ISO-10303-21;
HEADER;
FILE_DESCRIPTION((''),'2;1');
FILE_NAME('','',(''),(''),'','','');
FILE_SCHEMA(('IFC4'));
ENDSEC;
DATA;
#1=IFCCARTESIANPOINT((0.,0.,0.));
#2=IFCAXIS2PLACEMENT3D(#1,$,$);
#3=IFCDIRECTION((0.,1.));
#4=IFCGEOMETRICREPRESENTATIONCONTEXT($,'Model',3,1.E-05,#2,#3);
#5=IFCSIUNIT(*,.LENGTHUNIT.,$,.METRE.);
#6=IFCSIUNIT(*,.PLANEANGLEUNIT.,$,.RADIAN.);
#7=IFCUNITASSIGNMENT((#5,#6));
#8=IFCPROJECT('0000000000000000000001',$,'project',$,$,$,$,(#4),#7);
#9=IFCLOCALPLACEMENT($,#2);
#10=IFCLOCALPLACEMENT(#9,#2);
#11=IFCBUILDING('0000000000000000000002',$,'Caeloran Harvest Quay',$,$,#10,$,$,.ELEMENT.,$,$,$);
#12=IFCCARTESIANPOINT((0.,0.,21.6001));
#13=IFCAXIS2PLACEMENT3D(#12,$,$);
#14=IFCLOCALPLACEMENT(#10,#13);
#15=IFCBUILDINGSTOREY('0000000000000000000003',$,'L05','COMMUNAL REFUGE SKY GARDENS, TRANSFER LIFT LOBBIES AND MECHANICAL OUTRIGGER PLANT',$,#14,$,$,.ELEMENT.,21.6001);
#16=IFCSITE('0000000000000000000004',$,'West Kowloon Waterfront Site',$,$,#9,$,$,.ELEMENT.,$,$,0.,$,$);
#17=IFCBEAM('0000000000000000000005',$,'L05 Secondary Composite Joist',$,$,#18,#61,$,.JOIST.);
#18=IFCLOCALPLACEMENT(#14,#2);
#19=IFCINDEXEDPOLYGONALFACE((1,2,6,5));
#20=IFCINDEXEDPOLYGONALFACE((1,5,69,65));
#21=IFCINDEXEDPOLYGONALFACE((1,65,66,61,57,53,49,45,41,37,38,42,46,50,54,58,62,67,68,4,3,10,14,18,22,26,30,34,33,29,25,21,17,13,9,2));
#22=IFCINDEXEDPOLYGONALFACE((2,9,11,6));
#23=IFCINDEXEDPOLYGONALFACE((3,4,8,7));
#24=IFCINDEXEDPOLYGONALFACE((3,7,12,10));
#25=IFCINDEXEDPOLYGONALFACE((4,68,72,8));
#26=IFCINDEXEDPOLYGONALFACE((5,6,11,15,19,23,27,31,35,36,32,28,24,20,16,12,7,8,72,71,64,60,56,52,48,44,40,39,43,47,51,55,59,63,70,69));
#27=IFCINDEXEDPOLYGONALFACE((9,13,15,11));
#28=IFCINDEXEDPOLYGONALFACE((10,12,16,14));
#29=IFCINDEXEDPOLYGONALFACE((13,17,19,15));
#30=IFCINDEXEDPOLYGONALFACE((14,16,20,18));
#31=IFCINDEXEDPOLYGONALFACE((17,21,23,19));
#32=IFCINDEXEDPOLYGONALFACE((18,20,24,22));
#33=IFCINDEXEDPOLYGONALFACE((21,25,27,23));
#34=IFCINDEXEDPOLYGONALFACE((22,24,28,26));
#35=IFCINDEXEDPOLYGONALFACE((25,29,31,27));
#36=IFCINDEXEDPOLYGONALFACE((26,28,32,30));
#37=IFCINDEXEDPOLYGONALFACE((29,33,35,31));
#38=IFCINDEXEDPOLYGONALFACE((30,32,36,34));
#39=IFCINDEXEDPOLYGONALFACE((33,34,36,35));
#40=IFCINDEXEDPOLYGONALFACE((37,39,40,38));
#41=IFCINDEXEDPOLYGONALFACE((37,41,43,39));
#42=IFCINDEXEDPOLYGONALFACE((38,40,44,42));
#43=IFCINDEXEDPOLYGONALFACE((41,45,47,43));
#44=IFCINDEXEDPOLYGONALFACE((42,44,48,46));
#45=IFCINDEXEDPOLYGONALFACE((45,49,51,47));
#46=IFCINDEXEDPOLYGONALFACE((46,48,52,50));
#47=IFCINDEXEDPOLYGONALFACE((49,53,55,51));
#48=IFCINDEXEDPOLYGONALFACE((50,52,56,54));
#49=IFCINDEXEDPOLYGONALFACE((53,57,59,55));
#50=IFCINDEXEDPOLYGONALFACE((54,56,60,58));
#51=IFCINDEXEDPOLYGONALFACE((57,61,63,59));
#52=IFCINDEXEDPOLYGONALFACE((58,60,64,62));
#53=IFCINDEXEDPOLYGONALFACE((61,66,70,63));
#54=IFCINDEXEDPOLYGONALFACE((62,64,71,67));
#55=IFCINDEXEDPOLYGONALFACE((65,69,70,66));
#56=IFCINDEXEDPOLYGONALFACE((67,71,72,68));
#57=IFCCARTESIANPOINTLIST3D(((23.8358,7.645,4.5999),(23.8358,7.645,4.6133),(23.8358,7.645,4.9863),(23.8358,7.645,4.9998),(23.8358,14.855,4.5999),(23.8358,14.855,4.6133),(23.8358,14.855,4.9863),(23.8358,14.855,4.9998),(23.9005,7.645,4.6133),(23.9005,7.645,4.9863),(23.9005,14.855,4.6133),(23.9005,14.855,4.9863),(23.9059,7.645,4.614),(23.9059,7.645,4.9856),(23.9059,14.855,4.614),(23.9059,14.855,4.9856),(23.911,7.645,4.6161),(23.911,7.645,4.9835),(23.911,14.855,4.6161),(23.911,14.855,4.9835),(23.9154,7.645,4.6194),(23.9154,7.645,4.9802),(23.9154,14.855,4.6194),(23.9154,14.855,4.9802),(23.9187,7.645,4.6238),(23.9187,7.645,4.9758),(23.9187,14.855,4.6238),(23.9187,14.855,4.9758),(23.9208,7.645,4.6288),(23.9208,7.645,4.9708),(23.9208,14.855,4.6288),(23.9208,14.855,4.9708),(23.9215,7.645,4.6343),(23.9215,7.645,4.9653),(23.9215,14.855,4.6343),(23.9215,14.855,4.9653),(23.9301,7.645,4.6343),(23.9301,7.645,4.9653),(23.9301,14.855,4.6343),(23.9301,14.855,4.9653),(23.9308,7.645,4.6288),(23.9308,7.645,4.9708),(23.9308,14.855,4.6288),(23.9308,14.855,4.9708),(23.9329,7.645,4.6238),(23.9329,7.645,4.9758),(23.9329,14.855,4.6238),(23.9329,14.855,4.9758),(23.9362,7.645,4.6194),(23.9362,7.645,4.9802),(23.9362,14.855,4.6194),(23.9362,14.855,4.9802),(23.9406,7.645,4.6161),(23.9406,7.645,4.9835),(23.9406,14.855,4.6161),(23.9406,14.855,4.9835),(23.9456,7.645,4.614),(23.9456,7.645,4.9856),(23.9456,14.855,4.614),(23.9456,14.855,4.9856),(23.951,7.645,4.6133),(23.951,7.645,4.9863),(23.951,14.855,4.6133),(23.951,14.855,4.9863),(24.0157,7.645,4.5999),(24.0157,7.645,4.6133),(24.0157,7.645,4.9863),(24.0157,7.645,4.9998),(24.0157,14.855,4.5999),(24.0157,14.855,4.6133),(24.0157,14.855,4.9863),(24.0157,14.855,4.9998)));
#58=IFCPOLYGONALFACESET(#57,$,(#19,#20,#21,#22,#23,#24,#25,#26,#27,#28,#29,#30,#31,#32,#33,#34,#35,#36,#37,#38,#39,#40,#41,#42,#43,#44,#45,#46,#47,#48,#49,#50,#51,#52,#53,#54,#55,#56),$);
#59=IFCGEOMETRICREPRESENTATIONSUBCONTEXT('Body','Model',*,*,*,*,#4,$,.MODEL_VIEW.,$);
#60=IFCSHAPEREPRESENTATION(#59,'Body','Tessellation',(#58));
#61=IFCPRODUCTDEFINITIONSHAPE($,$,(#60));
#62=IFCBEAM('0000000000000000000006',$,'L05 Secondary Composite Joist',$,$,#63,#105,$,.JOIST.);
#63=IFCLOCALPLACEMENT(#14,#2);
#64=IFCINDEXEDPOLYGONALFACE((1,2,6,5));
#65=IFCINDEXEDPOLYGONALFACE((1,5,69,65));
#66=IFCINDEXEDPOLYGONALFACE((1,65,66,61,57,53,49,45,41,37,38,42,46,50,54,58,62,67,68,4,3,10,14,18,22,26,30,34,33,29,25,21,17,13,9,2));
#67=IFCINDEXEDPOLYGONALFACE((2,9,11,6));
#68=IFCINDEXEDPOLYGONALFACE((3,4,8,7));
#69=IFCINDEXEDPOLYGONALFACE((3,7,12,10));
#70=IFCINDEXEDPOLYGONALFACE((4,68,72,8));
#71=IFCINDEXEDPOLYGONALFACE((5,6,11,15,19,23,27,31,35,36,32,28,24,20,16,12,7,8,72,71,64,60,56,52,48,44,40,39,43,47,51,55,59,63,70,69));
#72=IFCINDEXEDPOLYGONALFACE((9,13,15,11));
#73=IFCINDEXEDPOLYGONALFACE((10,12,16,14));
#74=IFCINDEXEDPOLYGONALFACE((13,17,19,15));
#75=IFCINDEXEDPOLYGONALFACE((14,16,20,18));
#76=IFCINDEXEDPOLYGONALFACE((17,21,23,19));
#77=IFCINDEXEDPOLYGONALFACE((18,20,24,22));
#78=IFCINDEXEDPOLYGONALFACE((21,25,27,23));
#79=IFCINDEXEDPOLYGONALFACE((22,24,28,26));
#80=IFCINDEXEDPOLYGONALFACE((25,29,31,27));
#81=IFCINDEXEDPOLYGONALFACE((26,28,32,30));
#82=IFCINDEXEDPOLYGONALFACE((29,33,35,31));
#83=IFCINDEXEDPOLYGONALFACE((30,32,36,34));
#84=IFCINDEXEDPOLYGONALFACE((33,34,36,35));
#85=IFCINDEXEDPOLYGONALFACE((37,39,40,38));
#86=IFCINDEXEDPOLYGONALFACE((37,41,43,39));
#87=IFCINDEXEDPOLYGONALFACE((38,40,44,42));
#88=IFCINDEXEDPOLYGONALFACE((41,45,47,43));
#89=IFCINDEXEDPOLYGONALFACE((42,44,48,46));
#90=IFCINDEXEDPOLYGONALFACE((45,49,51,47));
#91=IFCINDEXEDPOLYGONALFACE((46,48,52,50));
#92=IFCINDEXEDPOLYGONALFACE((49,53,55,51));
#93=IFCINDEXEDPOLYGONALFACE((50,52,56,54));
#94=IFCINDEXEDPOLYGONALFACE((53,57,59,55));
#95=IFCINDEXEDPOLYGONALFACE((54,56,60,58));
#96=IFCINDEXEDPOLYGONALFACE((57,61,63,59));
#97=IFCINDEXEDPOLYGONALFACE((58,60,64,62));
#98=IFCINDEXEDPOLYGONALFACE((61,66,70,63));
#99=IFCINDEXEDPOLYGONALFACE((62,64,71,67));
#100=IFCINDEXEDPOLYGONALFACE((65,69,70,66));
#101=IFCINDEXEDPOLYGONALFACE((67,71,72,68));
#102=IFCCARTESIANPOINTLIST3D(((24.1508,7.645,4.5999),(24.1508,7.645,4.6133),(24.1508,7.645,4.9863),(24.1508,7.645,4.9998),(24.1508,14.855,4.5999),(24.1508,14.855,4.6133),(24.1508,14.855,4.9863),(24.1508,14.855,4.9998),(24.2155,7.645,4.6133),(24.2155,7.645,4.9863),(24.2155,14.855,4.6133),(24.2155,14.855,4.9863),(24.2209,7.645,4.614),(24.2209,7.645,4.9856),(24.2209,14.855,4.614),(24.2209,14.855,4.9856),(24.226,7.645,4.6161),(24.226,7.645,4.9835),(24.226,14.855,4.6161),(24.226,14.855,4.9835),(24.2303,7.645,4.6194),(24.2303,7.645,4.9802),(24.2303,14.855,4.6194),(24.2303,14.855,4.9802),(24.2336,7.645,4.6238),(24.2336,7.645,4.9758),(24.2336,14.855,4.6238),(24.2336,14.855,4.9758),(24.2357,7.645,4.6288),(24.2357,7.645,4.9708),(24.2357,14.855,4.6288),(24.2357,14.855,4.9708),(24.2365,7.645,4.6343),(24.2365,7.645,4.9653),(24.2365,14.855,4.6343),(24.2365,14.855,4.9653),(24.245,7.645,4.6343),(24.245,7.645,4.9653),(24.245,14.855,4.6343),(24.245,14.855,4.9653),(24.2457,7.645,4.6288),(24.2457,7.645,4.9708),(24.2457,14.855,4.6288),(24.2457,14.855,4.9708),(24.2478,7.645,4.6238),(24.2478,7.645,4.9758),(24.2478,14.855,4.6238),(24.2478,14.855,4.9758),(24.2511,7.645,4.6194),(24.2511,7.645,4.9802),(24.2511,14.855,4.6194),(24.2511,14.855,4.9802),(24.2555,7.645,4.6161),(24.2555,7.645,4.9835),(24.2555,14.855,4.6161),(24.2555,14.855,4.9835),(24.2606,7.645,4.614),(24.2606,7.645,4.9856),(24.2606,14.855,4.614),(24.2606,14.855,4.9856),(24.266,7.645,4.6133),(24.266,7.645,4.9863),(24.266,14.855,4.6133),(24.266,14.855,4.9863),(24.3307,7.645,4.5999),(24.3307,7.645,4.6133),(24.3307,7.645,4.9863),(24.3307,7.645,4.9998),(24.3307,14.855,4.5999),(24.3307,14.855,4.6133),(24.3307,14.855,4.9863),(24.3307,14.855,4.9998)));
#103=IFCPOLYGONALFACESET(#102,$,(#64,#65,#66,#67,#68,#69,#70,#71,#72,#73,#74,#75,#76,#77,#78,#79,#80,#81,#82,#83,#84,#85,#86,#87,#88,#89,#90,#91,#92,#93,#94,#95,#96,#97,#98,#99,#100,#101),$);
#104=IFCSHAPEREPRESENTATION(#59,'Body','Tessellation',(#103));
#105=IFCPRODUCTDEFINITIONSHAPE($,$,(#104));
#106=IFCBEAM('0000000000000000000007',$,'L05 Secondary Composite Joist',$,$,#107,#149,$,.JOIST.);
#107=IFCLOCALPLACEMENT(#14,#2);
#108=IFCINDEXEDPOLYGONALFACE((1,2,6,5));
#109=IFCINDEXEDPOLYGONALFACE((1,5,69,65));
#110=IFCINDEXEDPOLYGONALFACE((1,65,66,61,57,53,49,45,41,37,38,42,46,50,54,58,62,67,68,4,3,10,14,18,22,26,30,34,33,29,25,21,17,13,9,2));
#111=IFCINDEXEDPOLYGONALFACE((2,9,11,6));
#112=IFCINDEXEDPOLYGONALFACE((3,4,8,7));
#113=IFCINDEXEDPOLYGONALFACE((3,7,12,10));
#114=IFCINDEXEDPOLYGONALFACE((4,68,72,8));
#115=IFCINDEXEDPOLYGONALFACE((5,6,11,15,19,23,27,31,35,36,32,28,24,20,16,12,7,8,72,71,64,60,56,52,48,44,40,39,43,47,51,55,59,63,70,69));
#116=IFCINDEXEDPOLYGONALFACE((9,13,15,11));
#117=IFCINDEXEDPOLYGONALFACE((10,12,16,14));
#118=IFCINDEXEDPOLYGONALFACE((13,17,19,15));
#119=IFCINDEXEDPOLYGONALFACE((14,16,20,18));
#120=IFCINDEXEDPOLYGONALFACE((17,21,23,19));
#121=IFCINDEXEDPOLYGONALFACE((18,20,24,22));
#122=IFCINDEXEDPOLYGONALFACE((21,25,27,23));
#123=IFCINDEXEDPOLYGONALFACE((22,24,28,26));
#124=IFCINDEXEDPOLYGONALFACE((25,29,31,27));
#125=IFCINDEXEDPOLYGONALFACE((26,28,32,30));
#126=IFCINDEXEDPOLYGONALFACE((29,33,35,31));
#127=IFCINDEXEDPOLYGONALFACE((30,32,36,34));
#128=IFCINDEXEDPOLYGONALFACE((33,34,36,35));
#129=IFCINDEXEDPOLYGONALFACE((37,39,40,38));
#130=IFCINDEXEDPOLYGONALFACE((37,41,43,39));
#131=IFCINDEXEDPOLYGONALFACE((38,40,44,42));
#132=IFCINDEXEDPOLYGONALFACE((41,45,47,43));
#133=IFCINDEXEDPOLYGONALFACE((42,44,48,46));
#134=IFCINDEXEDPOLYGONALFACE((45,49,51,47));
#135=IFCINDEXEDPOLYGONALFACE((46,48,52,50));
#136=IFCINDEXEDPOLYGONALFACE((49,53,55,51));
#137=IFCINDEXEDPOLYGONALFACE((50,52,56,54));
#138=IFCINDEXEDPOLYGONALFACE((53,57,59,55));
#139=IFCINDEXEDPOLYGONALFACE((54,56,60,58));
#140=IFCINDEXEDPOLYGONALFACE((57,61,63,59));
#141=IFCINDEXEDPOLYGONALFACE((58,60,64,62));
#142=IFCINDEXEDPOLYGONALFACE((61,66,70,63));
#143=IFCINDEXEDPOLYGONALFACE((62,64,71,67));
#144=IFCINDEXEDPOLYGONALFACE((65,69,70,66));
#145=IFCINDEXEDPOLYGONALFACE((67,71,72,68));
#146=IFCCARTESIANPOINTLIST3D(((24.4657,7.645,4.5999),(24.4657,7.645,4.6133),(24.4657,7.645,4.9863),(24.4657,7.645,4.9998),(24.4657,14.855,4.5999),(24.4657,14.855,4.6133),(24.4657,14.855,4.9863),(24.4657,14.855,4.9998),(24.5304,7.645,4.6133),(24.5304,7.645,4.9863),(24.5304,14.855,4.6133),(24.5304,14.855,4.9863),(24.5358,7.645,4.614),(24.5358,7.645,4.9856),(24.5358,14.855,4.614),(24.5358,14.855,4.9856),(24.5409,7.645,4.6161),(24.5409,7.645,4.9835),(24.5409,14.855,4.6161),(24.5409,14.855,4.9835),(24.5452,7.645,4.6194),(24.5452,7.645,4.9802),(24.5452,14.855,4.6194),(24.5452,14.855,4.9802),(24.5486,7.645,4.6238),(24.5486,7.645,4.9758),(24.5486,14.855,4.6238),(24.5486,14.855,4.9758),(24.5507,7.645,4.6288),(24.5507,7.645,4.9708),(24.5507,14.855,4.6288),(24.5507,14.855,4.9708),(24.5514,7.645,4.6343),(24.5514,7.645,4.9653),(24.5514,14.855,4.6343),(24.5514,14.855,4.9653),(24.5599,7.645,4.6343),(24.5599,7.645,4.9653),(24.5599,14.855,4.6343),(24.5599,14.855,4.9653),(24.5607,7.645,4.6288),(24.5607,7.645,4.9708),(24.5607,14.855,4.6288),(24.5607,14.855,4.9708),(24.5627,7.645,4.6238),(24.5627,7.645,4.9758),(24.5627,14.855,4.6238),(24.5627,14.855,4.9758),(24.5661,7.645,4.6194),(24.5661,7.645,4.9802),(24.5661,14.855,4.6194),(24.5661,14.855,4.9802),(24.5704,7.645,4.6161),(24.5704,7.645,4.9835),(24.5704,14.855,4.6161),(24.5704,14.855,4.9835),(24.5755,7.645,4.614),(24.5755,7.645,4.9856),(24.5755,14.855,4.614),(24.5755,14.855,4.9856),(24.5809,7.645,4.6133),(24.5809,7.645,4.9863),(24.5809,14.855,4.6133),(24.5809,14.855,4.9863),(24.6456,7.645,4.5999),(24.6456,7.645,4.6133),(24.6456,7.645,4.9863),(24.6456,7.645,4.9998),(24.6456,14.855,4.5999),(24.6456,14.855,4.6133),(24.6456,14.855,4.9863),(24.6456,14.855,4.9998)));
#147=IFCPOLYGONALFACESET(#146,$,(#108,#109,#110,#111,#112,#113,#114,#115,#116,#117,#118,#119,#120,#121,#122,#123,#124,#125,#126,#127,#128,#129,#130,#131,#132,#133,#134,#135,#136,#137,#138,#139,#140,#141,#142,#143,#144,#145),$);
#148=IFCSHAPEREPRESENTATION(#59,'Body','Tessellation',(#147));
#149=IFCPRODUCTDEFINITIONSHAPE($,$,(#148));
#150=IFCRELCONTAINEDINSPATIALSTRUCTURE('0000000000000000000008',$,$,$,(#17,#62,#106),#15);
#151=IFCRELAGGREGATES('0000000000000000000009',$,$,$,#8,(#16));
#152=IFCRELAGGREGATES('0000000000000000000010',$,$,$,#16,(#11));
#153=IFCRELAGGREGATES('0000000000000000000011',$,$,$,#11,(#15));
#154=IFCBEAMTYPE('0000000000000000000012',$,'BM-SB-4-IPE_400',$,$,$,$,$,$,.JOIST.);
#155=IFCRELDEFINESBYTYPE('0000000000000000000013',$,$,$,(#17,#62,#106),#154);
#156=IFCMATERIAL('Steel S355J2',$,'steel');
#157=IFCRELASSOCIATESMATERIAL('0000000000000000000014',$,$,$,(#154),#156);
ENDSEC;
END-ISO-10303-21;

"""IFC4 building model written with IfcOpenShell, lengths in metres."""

from ifc_helpers import new_model, si_unit, direction, frame, origin, origin_2d, place, context, subcontext, project, spatial, i_section, extrude, material, material_profile, profile_set, type_object, element, save


model = new_model("IFC4")

# Units and contexts
model_context = context("Model", 3, precision=1e-05, world=origin(), true_north=direction((0.0, 1.0)))
body_context = subcontext(model_context, "Body", "Model", "MODEL_VIEW")
ifc_project = project(units=[si_unit("LENGTHUNIT", "METRE"), si_unit("PLANEANGLEUNIT", "RADIAN")], contexts=[model_context])

# Site, building, storey
site_placement = place(None, origin())
site = spatial("IfcSite", under=ifc_project, at=site_placement, Name="West Kowloon Waterfront Site", CompositionType="ELEMENT", RefElevation=0.0)
building_placement = place(site_placement, origin())
building = spatial("IfcBuilding", under=site, at=building_placement, Name="Caeloran Harvest Quay", CompositionType="ELEMENT")
storey_placement = place(building_placement, frame((0.0, 0.0, 21.6001)))
storey = spatial("IfcBuildingStorey", under=building, at=storey_placement, Name="L05", Description="COMMUNAL REFUGE SKY GARDENS, TRANSFER LIFT LOBBIES AND MECHANICAL OUTRIGGER PLANT", CompositionType="ELEMENT", Elevation=21.6001)

# Beams
ifc_material_1 = material(Name="Steel S355J2", Category="steel")
ifc_material_profile_1 = material_profile(ifc_material_1, i_section(OverallWidth=0.1799, OverallDepth=0.3999, WebThickness=0.0085, FlangeThickness=0.0134, FilletRadius=0.021, at=origin_2d()), Name="IPE 400")
ifc_profile_set_1 = profile_set([ifc_material_profile_1], Name="Steel S355J2")
beam_type_1 = type_object("IfcBeamType", Name="BM-SB-4-IPE_400", PredefinedType="JOIST", material=ifc_profile_set_1)
for number, where, z_axis, x_axis, name in (
    (1, (23.9258, 7.645, 4.7998), (0.0, 1.0, 0.0), (-1.0, 0.0, 0.0), "L05 Secondary Composite Joist"),
    (2, (24.2407, 7.645, 4.7998), (0.0, 1.0, 0.0), (-1.0, 0.0, 0.0), "L05 Secondary Composite Joist"),
    (3, (24.5557, 7.645, 4.7998), (0.0, 1.0, 0.0), (-1.0, 0.0, 0.0), "L05 Secondary Composite Joist"),
):
    element("IfcBeam", number, at=place(storey_placement, frame(where, z_axis=z_axis, x_axis=x_axis)), inside=storey, type_object=beam_type_1, Name=name, PredefinedType="JOIST", context=body_context, shape_type="SweptSolid", body=[
        extrude(i_section(OverallWidth=0.1799, OverallDepth=0.3999, WebThickness=0.0085, FlangeThickness=0.0134, FilletRadius=0.021, at=origin_2d()), origin(), (0.0, 0.0, 1.0), 7.21),
    ])

save(model, "model.ifc")
